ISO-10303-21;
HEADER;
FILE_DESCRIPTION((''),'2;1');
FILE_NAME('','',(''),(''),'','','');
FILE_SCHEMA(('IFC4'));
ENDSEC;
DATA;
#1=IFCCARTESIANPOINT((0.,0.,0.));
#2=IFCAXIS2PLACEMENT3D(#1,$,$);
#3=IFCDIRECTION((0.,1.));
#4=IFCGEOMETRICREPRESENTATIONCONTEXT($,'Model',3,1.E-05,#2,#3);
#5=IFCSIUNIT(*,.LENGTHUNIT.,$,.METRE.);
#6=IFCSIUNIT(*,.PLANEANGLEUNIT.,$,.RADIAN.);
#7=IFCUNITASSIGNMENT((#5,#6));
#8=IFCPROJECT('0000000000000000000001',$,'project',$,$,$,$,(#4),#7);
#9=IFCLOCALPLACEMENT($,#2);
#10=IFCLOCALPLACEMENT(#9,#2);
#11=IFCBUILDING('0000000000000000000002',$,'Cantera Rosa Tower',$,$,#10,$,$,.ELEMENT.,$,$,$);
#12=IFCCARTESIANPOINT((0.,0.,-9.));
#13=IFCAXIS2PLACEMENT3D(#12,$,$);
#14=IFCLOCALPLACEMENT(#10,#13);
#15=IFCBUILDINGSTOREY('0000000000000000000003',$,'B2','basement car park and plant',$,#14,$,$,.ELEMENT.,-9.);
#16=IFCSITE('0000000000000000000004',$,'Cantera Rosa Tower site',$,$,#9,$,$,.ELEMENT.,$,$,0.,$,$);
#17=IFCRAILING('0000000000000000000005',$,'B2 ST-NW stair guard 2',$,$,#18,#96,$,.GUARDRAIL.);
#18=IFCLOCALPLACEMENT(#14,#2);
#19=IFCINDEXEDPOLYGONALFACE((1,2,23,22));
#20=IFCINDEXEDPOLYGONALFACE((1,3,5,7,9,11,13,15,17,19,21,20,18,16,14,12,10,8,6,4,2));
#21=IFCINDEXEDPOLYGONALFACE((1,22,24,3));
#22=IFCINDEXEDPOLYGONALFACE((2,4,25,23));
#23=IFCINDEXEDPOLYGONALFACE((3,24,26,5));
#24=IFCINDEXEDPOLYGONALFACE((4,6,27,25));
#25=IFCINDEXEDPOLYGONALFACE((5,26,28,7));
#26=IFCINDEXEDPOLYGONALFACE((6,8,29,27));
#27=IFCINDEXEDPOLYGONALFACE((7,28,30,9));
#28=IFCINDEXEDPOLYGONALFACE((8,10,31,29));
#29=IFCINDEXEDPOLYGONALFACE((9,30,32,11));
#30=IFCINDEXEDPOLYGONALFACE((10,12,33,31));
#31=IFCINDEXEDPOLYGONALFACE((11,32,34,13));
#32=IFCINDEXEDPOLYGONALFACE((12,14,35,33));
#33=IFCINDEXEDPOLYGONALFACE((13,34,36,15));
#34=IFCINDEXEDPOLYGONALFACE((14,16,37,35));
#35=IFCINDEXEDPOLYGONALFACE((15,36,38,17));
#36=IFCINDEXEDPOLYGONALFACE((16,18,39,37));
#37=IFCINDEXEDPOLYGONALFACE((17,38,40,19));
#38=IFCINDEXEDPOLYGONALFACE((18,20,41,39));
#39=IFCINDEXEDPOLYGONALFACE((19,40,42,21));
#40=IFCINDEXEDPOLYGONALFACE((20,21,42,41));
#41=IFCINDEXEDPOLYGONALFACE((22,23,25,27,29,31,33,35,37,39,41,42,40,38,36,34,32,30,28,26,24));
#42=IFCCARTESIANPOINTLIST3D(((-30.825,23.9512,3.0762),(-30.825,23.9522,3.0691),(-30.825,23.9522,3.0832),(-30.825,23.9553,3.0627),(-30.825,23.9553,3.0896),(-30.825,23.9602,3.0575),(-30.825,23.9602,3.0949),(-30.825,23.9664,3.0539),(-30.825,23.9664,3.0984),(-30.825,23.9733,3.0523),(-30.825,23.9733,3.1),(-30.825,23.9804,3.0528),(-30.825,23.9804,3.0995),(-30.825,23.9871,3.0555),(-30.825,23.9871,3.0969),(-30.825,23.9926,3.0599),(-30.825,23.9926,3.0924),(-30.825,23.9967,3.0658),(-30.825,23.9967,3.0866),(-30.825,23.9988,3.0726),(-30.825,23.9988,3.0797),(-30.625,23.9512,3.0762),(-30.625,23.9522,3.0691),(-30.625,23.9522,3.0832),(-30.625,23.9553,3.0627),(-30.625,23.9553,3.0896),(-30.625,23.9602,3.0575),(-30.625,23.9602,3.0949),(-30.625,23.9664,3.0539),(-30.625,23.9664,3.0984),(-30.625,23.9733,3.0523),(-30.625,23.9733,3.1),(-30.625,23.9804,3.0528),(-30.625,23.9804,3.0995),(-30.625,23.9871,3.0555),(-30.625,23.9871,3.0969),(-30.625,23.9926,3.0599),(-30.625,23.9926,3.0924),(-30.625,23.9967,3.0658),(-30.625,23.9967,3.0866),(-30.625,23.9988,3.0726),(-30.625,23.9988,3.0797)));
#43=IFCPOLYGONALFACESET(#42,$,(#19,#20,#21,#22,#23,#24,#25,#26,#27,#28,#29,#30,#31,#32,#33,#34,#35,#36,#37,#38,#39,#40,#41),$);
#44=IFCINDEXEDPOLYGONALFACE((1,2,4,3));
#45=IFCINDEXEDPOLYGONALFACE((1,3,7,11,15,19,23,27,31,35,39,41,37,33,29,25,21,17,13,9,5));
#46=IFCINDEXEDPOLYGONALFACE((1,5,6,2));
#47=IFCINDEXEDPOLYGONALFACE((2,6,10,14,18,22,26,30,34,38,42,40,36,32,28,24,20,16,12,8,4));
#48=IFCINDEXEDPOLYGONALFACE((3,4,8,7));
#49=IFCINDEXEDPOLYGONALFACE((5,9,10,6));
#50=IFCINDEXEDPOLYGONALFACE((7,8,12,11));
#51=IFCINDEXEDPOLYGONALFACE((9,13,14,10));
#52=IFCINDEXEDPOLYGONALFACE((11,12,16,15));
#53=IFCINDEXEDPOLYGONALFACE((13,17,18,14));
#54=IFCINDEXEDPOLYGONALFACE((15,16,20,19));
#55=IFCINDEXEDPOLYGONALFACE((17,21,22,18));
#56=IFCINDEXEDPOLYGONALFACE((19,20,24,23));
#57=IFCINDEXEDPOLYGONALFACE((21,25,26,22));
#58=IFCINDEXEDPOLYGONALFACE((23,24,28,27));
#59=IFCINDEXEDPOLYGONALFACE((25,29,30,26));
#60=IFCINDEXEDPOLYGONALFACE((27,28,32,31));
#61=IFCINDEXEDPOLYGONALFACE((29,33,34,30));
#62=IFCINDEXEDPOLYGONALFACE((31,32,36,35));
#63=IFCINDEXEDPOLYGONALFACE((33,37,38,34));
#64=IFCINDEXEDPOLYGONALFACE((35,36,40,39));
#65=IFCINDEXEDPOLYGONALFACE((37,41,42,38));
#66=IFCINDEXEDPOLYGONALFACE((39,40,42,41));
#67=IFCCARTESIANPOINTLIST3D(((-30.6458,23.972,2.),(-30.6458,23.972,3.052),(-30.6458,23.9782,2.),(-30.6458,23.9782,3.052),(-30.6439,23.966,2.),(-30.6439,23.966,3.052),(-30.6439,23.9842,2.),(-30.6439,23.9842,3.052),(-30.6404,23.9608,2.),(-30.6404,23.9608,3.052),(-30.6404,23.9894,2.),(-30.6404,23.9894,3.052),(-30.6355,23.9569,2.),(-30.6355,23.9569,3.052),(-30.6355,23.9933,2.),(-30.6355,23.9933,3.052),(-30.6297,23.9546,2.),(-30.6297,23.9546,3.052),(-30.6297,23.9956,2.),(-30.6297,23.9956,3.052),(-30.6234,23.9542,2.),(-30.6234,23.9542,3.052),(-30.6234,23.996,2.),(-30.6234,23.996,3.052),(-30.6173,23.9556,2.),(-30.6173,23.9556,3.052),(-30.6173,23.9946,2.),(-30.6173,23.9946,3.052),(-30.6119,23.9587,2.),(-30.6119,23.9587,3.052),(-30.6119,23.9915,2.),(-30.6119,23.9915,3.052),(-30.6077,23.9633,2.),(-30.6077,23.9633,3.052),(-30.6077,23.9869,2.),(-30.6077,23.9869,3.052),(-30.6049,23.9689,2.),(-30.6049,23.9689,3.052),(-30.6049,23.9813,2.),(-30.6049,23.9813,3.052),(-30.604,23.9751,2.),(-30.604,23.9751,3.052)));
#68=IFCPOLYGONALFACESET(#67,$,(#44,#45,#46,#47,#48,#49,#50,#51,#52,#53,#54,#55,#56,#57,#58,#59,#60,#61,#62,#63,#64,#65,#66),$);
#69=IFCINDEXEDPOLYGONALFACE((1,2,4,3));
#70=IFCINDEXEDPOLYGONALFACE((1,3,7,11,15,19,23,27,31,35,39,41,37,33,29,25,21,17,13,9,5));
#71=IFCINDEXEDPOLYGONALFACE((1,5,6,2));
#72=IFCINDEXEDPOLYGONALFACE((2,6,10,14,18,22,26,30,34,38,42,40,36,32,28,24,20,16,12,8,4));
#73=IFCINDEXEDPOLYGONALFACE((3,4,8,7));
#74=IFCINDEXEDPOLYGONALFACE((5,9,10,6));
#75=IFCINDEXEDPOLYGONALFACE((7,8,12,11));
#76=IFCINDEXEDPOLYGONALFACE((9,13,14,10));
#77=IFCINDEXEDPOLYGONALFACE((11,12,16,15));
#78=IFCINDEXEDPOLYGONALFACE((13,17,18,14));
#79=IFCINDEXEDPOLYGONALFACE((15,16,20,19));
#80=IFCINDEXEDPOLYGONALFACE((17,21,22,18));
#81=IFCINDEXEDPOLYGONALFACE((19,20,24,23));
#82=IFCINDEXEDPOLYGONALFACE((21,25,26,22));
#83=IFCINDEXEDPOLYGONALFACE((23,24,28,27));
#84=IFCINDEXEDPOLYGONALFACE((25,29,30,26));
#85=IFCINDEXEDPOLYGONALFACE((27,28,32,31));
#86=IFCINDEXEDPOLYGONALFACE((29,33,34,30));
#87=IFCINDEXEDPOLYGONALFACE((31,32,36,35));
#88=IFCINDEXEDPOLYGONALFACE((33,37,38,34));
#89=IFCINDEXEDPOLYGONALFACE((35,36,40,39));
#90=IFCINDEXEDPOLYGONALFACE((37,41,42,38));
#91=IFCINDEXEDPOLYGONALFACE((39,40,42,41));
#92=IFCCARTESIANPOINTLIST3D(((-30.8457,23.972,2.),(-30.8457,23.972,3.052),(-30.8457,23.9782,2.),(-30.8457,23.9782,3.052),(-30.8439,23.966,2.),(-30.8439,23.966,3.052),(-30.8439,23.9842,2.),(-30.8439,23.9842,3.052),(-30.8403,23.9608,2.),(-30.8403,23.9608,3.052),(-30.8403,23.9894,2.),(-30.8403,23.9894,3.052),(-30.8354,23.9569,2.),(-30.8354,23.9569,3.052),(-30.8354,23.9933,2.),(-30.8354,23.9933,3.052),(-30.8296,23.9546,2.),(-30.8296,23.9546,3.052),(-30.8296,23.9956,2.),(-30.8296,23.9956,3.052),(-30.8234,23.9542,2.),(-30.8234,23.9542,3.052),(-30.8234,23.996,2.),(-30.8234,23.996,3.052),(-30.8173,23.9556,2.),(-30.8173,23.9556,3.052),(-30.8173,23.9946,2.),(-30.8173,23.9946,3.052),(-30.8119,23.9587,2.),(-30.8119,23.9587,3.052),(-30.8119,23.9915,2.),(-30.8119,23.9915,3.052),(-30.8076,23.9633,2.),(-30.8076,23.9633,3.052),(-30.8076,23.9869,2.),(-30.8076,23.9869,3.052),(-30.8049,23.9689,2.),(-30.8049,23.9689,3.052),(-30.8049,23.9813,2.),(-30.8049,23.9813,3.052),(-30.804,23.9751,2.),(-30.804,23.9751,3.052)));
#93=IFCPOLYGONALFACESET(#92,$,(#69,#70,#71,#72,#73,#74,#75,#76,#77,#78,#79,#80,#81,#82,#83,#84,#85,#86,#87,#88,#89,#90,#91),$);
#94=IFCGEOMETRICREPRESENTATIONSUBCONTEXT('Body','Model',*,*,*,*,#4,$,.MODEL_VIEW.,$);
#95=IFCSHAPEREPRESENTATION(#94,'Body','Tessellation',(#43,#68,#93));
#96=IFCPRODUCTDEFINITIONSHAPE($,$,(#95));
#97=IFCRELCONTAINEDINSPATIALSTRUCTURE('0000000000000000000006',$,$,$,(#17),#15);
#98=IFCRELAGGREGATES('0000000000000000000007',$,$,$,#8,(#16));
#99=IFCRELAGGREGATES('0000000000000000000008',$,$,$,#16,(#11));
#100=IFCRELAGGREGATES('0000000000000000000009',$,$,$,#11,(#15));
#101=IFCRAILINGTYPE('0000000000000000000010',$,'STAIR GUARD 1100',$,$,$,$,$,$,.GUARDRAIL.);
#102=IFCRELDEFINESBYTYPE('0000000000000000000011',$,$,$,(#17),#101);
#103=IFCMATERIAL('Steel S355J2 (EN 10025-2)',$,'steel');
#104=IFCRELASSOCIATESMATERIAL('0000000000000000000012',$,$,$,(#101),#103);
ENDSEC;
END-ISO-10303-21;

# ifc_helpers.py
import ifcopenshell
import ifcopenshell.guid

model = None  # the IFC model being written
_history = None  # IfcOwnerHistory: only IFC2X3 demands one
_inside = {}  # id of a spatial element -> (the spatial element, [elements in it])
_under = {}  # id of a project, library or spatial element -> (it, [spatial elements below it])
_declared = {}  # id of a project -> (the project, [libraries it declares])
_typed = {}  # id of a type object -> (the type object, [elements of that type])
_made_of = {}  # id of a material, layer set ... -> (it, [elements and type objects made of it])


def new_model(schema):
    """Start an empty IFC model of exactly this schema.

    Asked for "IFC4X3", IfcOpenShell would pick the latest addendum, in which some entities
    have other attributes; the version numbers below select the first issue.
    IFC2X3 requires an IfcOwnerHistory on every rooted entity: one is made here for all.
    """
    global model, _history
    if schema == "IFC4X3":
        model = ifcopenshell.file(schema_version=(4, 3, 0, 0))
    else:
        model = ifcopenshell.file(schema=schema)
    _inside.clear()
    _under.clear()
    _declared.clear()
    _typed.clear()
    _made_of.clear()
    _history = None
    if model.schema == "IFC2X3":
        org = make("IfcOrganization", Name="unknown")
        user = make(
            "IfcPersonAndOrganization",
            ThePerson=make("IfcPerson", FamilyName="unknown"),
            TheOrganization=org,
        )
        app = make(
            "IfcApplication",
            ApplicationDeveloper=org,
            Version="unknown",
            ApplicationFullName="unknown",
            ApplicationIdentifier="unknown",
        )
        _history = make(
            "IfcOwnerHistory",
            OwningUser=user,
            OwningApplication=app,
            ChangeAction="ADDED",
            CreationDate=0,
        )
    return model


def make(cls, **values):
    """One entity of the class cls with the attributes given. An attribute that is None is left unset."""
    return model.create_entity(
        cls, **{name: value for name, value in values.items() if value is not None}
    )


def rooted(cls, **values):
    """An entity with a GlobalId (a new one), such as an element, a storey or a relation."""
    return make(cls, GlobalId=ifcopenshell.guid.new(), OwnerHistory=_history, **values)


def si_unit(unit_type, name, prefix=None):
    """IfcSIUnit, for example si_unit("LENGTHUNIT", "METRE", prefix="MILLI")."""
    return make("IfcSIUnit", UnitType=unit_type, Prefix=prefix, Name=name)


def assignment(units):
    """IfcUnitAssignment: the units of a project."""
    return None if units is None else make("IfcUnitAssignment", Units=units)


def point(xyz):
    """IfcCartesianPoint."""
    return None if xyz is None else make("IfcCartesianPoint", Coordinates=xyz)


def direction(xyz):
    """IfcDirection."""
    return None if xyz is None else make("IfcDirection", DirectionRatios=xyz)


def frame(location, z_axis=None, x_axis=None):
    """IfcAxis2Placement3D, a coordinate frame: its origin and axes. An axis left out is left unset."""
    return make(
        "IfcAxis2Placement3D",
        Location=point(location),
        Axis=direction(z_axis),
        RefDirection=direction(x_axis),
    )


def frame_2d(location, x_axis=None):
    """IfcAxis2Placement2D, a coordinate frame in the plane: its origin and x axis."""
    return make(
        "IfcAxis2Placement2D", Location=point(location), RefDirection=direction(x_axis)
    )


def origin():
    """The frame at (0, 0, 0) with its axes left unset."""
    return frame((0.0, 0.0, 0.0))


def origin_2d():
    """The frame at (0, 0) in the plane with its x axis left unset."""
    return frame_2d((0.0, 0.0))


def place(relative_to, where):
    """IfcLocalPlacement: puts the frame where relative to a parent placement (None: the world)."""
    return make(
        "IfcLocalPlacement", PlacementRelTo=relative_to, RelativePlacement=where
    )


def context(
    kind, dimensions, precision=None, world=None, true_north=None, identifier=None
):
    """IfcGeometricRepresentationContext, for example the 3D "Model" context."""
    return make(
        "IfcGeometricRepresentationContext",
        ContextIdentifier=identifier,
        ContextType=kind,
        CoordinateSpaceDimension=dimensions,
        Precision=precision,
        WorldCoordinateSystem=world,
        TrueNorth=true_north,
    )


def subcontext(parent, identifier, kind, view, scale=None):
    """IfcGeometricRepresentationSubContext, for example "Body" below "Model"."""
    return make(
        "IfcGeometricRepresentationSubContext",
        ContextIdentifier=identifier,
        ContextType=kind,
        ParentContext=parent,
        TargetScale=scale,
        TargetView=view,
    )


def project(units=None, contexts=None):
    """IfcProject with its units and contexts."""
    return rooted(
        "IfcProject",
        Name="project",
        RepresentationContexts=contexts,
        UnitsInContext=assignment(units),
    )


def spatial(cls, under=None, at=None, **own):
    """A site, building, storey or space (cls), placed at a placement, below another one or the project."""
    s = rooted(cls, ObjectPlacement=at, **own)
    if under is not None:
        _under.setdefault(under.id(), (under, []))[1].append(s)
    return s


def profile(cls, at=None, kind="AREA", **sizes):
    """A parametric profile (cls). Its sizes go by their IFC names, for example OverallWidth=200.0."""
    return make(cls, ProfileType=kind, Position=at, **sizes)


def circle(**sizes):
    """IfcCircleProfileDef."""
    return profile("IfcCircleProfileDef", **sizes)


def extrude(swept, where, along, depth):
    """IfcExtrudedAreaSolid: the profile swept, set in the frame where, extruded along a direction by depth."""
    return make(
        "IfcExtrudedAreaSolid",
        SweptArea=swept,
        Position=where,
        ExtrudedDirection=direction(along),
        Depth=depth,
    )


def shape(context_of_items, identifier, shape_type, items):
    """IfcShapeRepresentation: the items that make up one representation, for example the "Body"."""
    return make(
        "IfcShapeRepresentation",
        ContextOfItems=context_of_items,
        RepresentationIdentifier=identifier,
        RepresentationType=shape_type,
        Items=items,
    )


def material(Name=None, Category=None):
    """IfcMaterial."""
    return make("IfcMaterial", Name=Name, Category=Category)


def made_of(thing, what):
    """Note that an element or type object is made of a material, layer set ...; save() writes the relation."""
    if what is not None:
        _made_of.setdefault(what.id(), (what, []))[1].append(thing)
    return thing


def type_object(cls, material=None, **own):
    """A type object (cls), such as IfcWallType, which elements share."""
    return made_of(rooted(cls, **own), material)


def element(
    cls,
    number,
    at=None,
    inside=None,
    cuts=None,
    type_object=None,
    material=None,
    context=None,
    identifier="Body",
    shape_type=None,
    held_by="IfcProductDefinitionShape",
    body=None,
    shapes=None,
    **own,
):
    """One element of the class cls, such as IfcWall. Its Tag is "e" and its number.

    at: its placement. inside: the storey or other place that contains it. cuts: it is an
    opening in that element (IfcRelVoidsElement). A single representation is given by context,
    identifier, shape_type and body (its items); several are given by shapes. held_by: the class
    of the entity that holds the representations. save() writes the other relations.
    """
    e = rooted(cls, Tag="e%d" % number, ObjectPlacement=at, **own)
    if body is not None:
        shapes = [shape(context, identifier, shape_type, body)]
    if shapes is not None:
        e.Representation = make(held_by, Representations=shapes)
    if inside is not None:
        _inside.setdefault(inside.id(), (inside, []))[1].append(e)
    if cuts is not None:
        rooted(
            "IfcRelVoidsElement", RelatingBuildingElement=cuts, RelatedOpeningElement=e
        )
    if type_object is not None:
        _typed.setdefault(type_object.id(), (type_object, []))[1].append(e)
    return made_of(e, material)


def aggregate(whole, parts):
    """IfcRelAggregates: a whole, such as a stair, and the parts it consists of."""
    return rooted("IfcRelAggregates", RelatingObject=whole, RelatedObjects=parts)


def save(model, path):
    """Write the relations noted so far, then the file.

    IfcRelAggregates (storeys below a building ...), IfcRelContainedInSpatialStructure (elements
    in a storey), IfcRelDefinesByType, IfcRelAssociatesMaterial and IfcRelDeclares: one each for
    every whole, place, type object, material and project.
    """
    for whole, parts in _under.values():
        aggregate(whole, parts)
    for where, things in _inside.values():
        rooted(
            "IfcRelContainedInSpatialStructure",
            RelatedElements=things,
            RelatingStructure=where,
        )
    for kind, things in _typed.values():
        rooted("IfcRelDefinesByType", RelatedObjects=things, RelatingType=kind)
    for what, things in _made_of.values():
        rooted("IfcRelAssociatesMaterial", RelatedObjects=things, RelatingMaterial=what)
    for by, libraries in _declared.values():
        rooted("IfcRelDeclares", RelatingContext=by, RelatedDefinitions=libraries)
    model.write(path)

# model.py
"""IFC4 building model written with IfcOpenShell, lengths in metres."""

from ifc_helpers import new_model, si_unit, direction, frame, origin, origin_2d, place, context, subcontext, project, spatial, circle, extrude, material, type_object, element, save


model = new_model("IFC4")

# Units and contexts
model_context = context("Model", 3, precision=1e-05, world=origin(), true_north=direction((0.0, 1.0)))
body_context = subcontext(model_context, "Body", "Model", "MODEL_VIEW")
ifc_project = project(units=[si_unit("LENGTHUNIT", "METRE"), si_unit("PLANEANGLEUNIT", "RADIAN")], contexts=[model_context])

# Site, building, storey
site_placement = place(None, origin())
site = spatial("IfcSite", under=ifc_project, at=site_placement, Name="Cantera Rosa Tower site", CompositionType="ELEMENT", RefElevation=0.0)
building_placement = place(site_placement, origin())
building = spatial("IfcBuilding", under=site, at=building_placement, Name="Cantera Rosa Tower", CompositionType="ELEMENT")
storey_placement = place(building_placement, frame((0.0, 0.0, -9.0)))
storey = spatial("IfcBuildingStorey", under=building, at=storey_placement, Name="B2", Description="basement car park and plant", CompositionType="ELEMENT", Elevation=-9.0)

# Railing
ifc_material_1 = material(Name="Steel S355J2 (EN 10025-2)", Category="steel")
railing_type_1 = type_object("IfcRailingType", Name="STAIR GUARD 1100", PredefinedType="GUARDRAIL", material=ifc_material_1)
railing_1_placement = place(storey_placement, frame((-30.625, 23.9751, 2.0)))
element("IfcRailing", 1, at=railing_1_placement, inside=storey, type_object=railing_type_1, Name="B2 ST-NW stair guard 2", PredefinedType="GUARDRAIL", context=body_context, shape_type="SweptSolid", body=[
    extrude(circle(Radius=0.0239, at=origin_2d()), frame((0.0, 0.0, 1.0762), z_axis=(-1.0, 0.0, 0.0), x_axis=(0.0, -1.0, 0.0)), (0.0, 0.0, 1.0), 0.2),
    extrude(circle(Radius=0.021, at=origin_2d()), origin(), (0.0, 0.0, 1.0), 1.052),
    extrude(circle(Radius=0.021, at=origin_2d()), frame((-0.2, 0.0, 0.0)), (0.0, 0.0, 1.0), 1.052),
])

save(model, "model.ifc")
